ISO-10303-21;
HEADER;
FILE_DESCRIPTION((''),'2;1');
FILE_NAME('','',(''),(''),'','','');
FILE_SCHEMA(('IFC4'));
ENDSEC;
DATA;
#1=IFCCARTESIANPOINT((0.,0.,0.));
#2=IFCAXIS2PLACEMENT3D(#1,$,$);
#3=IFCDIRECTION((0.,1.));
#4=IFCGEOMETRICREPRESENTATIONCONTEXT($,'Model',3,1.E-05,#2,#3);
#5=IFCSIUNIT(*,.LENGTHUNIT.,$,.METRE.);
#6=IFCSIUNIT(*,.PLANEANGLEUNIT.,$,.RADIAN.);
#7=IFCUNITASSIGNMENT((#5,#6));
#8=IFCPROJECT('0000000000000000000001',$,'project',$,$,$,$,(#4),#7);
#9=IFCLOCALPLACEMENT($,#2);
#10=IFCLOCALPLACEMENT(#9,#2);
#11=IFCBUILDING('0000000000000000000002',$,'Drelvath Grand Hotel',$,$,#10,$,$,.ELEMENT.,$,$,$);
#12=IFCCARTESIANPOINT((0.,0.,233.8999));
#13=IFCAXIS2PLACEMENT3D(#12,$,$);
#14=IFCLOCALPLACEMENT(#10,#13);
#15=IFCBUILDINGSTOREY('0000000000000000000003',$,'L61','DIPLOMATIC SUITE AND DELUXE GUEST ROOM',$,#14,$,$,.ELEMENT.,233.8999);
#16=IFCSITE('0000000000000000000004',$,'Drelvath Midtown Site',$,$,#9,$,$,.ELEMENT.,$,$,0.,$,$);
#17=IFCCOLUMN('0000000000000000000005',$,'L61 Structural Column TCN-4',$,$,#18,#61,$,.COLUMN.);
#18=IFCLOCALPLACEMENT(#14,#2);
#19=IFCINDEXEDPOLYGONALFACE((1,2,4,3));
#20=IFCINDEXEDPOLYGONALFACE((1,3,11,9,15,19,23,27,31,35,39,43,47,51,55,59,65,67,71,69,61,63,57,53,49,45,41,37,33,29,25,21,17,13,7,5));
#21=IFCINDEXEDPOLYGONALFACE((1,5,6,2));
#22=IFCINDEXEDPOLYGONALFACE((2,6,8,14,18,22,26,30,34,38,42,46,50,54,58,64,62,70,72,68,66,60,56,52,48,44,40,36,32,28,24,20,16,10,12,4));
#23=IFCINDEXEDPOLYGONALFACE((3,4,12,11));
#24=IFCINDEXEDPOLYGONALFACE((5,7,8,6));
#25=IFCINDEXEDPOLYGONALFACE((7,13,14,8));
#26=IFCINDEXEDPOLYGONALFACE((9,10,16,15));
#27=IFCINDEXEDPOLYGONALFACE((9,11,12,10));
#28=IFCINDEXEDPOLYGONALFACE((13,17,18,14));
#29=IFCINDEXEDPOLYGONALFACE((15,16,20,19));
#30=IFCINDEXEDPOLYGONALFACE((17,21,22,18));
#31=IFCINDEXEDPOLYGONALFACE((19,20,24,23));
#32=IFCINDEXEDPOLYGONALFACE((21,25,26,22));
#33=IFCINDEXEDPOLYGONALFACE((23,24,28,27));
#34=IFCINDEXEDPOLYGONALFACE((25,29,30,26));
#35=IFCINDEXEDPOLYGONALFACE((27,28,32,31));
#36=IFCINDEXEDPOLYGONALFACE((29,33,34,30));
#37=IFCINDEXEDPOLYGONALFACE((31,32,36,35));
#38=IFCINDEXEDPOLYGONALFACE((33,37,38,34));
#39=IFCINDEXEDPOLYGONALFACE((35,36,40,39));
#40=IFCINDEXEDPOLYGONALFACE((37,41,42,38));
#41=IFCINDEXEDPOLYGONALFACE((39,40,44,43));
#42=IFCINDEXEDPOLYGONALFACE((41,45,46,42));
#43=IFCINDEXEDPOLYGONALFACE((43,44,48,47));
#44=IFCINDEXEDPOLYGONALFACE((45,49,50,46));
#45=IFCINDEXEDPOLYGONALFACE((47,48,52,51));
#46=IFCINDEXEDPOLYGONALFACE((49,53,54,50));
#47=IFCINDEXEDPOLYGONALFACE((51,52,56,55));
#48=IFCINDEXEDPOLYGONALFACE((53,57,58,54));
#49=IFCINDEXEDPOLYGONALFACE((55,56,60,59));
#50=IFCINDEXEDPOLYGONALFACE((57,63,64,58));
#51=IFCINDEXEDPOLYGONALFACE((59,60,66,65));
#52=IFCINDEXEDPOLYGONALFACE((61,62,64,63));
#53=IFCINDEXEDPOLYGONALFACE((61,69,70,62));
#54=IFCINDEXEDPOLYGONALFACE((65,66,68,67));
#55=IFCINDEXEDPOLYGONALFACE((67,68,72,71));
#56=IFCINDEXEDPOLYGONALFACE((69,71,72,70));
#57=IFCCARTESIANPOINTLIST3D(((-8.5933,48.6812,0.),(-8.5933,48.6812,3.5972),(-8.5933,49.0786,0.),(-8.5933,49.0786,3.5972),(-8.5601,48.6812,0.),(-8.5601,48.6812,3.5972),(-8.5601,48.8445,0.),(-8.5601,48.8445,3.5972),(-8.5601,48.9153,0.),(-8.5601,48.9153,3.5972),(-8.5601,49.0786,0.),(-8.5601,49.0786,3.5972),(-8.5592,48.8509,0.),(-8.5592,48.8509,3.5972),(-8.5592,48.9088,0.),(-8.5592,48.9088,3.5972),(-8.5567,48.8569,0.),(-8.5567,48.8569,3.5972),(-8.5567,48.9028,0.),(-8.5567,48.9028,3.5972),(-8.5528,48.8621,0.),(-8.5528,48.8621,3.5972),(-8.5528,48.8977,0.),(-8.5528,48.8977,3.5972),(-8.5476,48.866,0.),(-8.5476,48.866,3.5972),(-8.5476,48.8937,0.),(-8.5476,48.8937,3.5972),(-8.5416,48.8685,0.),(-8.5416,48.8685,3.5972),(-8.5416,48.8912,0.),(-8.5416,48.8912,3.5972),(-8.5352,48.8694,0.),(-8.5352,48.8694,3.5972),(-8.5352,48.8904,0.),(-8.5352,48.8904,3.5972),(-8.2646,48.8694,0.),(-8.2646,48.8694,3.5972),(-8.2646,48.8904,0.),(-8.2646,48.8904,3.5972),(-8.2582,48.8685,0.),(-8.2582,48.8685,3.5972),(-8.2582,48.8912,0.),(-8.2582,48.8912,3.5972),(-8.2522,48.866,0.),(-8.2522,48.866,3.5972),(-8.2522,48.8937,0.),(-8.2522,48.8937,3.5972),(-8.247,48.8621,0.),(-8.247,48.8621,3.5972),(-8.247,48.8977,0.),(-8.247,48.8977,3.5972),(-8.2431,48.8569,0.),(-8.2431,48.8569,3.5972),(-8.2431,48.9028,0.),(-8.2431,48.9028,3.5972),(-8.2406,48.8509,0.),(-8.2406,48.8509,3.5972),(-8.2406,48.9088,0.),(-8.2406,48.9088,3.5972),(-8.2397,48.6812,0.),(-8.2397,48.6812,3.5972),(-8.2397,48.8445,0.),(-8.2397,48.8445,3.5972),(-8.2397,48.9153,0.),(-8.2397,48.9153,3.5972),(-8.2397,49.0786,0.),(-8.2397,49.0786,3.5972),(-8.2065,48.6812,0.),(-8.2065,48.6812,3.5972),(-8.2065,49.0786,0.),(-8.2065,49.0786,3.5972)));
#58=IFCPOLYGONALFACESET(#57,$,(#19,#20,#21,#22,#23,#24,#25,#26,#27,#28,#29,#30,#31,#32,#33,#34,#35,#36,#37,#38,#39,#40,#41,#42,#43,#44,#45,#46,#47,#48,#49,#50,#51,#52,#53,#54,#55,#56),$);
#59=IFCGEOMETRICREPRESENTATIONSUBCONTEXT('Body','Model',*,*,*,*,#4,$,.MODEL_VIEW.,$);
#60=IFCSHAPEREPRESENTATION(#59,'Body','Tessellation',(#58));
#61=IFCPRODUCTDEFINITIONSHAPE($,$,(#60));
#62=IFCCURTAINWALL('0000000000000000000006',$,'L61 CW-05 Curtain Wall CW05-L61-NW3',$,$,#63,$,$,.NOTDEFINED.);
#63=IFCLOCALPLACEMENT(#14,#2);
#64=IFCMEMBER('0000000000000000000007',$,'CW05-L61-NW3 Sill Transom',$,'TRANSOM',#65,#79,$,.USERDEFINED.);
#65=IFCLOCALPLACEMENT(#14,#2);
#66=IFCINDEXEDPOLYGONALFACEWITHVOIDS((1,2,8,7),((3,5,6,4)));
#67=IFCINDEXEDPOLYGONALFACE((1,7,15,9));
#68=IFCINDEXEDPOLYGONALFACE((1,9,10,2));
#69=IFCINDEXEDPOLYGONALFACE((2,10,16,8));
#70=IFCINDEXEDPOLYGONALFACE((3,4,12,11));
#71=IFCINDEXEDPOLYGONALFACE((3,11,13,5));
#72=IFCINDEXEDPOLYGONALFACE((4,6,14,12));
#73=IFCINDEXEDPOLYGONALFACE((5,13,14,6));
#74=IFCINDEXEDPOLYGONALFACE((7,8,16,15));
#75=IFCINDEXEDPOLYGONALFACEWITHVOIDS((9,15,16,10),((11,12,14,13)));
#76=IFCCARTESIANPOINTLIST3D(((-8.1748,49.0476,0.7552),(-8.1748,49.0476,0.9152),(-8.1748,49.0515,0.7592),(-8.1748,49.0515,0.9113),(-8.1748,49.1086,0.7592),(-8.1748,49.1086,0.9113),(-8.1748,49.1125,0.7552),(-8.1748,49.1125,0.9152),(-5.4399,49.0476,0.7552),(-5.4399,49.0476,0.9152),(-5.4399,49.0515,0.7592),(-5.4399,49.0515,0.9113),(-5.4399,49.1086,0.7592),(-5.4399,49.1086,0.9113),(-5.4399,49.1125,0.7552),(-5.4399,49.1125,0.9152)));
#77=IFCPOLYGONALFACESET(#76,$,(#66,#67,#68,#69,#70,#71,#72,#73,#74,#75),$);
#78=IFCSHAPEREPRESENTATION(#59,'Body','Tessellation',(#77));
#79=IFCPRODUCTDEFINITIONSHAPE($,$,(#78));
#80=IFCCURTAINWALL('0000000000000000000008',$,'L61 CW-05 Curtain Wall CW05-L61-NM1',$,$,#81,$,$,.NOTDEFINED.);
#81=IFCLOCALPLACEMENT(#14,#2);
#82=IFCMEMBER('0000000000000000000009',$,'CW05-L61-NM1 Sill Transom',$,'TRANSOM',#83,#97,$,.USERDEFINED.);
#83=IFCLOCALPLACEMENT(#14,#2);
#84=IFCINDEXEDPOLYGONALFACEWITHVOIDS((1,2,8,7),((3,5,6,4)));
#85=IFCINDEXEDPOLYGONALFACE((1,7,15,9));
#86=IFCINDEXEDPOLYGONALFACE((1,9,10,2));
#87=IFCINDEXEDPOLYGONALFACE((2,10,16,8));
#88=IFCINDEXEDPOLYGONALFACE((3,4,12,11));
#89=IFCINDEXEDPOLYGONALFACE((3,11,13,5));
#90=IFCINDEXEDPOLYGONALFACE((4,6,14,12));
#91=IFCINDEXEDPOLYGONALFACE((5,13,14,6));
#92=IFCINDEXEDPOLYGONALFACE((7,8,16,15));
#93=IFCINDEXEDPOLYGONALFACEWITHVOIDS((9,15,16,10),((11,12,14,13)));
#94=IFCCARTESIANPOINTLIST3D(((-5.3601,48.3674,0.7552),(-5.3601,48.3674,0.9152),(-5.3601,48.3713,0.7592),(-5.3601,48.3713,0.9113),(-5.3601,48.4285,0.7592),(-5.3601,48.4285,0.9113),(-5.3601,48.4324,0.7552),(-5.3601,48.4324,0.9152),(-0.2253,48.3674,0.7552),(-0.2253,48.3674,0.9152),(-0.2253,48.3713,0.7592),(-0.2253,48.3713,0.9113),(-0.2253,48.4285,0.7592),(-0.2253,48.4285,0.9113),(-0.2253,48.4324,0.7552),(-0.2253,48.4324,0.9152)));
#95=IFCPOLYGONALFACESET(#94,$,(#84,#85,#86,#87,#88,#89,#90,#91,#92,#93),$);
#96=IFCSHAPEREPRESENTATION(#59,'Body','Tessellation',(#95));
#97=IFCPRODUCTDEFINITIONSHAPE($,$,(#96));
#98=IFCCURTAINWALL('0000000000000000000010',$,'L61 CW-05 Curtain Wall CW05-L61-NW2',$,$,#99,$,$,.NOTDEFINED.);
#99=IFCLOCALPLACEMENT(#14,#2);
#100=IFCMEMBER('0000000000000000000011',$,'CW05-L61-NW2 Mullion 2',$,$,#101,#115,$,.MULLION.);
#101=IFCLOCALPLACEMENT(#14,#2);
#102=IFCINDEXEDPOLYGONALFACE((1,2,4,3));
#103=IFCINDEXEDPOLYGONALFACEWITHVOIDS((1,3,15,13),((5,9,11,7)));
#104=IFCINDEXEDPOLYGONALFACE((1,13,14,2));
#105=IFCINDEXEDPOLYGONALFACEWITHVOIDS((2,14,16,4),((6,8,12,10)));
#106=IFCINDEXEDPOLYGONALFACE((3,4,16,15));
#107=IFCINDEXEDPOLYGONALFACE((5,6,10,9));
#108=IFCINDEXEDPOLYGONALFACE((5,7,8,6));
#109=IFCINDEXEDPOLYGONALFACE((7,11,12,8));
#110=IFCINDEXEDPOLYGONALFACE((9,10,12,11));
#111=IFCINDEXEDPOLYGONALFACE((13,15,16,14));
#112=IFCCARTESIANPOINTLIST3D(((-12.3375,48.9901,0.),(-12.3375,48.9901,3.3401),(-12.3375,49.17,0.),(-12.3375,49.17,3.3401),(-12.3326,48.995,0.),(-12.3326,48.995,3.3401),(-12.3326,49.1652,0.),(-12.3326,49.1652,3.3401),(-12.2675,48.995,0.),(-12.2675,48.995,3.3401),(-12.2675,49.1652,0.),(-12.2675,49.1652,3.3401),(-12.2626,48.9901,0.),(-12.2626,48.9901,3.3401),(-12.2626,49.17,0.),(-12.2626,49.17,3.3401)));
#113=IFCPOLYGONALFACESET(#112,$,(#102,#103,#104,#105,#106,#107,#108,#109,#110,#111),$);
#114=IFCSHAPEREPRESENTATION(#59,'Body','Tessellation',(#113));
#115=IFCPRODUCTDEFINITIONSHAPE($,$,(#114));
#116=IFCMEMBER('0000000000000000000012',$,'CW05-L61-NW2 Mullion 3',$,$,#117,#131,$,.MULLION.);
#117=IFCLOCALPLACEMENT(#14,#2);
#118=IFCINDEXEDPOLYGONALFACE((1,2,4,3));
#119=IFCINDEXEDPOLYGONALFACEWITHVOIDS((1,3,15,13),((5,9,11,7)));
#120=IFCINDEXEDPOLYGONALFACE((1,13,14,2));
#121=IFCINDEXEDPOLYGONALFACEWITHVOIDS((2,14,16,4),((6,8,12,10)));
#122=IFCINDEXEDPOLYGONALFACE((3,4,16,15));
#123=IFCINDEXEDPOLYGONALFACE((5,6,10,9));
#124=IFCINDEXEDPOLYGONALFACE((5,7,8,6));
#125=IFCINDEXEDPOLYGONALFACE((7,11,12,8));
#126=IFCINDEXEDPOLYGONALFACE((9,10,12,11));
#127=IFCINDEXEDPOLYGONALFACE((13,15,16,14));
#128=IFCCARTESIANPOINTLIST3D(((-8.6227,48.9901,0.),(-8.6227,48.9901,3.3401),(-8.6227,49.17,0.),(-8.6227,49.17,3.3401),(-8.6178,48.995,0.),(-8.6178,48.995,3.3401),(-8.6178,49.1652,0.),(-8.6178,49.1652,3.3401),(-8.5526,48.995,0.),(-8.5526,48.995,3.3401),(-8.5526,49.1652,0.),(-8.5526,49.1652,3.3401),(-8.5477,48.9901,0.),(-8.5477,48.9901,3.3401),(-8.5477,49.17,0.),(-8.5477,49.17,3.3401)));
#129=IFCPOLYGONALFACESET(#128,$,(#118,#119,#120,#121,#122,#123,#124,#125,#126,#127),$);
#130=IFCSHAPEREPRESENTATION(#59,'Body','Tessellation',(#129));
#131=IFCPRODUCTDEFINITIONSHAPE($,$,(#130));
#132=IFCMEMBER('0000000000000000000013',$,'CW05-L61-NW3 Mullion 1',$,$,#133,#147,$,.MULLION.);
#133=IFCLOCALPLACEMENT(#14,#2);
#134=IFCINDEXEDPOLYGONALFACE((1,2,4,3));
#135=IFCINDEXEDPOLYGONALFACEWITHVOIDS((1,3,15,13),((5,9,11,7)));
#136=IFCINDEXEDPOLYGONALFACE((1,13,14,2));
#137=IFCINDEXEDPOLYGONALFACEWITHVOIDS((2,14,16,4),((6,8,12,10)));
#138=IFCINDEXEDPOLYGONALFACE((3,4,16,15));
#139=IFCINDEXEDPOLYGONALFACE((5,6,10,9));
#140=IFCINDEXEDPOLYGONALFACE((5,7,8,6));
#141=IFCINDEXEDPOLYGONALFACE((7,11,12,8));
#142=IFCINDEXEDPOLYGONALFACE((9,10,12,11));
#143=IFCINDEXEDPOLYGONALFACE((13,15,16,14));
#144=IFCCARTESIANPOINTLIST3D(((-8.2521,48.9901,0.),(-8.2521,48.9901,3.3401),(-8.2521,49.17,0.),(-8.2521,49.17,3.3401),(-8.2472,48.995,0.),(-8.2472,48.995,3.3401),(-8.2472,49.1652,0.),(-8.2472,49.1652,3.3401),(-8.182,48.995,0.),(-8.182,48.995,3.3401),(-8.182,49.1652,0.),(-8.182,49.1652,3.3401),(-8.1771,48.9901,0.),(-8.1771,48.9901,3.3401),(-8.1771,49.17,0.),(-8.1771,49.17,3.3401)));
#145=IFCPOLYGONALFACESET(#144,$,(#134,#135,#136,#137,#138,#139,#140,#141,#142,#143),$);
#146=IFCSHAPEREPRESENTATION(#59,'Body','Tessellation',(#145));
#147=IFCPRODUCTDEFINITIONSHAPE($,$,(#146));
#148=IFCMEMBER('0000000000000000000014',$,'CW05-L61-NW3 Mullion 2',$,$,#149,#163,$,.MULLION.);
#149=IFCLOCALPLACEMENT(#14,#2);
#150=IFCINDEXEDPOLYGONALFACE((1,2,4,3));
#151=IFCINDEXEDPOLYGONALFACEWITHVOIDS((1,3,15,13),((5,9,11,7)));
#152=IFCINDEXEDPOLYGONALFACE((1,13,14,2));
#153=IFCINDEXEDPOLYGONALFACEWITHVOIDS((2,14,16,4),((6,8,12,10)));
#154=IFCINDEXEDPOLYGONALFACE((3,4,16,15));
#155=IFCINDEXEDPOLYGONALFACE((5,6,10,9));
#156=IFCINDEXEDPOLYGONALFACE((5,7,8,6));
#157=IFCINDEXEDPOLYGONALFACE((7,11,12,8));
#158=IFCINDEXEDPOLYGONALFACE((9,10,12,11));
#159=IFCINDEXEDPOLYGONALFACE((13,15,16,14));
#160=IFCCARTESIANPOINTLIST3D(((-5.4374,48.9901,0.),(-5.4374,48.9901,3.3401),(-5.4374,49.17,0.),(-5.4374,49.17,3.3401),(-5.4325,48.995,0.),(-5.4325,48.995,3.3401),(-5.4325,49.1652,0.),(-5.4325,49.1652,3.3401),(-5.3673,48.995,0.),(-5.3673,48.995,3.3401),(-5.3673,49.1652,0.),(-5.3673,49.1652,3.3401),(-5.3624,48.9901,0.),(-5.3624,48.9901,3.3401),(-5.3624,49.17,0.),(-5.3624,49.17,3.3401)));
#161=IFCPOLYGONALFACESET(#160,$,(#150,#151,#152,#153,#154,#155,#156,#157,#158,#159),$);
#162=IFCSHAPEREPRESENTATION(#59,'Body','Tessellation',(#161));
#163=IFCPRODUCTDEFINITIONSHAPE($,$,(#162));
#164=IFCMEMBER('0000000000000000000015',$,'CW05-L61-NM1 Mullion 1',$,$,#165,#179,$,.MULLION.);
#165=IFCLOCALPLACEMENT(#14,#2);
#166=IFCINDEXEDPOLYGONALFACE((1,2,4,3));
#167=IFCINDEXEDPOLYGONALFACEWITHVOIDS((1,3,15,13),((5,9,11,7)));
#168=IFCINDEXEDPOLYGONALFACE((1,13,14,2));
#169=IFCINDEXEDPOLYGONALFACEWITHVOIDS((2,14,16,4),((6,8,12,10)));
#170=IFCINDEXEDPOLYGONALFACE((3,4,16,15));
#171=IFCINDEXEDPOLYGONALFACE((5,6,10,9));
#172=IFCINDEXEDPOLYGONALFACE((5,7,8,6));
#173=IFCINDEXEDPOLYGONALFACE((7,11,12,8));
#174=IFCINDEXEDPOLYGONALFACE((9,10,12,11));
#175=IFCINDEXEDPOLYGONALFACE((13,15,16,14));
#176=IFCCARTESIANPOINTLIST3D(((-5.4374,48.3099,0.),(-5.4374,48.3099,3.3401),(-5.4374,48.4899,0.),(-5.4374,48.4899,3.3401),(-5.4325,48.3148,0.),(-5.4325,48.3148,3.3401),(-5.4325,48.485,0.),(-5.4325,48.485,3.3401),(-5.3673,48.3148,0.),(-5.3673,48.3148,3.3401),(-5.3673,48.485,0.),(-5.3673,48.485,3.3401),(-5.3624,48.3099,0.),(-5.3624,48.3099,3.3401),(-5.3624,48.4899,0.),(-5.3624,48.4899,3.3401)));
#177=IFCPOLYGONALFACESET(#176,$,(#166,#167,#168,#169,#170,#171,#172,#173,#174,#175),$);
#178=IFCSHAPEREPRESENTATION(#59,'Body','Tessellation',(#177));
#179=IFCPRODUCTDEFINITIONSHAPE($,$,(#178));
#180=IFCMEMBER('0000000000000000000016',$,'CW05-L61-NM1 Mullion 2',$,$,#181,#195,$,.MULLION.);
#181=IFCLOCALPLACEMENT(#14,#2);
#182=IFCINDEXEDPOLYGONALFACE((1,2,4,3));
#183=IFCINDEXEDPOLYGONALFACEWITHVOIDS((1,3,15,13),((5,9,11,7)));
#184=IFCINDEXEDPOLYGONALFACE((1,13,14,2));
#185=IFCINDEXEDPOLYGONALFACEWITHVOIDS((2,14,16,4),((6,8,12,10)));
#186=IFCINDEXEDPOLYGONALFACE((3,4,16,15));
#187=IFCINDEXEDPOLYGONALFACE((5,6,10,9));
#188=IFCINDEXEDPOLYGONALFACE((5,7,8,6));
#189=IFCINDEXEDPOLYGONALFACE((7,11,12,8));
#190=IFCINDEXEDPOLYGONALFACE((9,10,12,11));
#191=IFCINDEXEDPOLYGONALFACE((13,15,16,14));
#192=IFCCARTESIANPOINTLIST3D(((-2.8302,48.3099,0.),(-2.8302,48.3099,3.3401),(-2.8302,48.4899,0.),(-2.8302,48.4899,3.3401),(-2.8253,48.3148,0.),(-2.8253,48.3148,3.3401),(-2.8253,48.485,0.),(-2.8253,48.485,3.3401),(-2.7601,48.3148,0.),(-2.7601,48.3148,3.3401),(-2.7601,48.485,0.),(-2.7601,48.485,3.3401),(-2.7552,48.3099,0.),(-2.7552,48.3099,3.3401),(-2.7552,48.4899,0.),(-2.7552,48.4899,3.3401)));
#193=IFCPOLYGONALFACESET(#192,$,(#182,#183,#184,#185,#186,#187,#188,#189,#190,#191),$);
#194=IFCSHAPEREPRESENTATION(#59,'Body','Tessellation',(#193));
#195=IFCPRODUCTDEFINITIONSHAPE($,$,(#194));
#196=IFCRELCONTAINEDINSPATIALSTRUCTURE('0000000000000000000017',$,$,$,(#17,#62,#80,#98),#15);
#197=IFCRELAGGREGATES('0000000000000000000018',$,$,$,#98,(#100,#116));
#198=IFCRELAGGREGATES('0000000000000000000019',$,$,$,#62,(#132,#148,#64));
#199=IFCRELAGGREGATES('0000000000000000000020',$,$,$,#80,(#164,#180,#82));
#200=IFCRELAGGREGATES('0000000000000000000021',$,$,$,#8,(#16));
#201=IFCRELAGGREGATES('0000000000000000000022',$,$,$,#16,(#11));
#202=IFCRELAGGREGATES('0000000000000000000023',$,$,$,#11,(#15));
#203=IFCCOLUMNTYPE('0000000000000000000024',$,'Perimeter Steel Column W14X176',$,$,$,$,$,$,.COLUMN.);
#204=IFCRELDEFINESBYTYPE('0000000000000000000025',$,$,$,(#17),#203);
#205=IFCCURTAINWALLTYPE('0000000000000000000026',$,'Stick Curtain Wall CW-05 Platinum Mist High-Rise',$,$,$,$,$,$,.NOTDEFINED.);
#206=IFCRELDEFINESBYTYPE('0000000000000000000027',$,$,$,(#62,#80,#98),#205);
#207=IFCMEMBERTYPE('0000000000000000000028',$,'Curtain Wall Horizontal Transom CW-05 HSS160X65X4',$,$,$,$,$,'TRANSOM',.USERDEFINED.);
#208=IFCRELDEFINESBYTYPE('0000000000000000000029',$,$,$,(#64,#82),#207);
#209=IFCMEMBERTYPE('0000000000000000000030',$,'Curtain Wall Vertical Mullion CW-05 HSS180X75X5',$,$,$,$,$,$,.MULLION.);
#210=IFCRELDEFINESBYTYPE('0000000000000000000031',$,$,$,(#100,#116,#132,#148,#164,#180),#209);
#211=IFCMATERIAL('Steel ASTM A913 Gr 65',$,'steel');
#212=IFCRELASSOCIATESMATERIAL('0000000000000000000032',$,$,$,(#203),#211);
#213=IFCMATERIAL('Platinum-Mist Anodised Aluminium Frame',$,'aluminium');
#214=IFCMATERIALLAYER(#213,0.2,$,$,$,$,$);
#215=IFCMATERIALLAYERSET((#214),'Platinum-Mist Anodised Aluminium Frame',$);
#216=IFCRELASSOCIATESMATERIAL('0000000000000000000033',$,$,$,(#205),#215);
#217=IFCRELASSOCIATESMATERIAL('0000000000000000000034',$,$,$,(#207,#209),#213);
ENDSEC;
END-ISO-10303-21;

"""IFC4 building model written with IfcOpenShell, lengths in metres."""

from ifc_helpers import new_model, si_unit, direction, frame, origin, origin_2d, place, context, subcontext, project, spatial, hollow_rectangle, i_section, extrude, material, layer, layer_set, material_profile, profile_set, type_object, element, aggregate, save


model = new_model("IFC4")

# Units and contexts
model_context = context("Model", 3, precision=1e-05, world=origin(), true_north=direction((0.0, 1.0)))
body_context = subcontext(model_context, "Body", "Model", "MODEL_VIEW")
ifc_project = project(units=[si_unit("LENGTHUNIT", "METRE"), si_unit("PLANEANGLEUNIT", "RADIAN")], contexts=[model_context])

# Site, building, storey
site_placement = place(None, origin())
site = spatial("IfcSite", under=ifc_project, at=site_placement, Name="Drelvath Midtown Site", CompositionType="ELEMENT", RefElevation=0.0)
building_placement = place(site_placement, origin())
building = spatial("IfcBuilding", under=site, at=building_placement, Name="Drelvath Grand Hotel", CompositionType="ELEMENT")
storey_placement = place(building_placement, frame((0.0, 0.0, 233.8999)))
storey = spatial("IfcBuildingStorey", under=building, at=storey_placement, Name="L61", Description="DIPLOMATIC SUITE AND DELUXE GUEST ROOM", CompositionType="ELEMENT", Elevation=233.8999)

# Column
ifc_material_1 = material(Name="Steel ASTM A913 Gr 65", Category="steel")
ifc_material_profile_1 = material_profile(ifc_material_1, i_section(OverallWidth=0.3975, OverallDepth=0.3867, WebThickness=0.021, FlangeThickness=0.0332, FilletRadius=0.0249, at=origin_2d()), Name="W14X176")
ifc_profile_set_1 = profile_set([ifc_material_profile_1], Name="Steel ASTM A913 Gr 65")
column_type = type_object("IfcColumnType", Name="Perimeter Steel Column W14X176", PredefinedType="COLUMN", material=ifc_profile_set_1)
column_placement = place(storey_placement, frame((-8.3999, 48.8799, 0.0), z_axis=(0.0, 0.0, 1.0), x_axis=(0.0, 1.0, 0.0)))
element("IfcColumn", 1, at=column_placement, inside=storey, type_object=column_type, Name="L61 Structural Column TCN-4", PredefinedType="COLUMN", context=body_context, shape_type="SweptSolid", body=[
    extrude(i_section(OverallWidth=0.3975, OverallDepth=0.3867, WebThickness=0.021, FlangeThickness=0.0332, FilletRadius=0.0249, at=origin_2d()), origin(), (0.0, 0.0, 1.0), 3.5972),
])

# Curtain walls, members
ifc_material_2 = material(Name="Platinum-Mist Anodised Aluminium Frame", Category="aluminium")
ifc_layer_1 = layer(ifc_material_2, 0.2)
ifc_layer_set_1 = layer_set([ifc_layer_1], Name="Platinum-Mist Anodised Aluminium Frame")
curtain_wall_type = type_object("IfcCurtainWallType", Name="Stick Curtain Wall CW-05 Platinum Mist High-Rise", PredefinedType="NOTDEFINED", material=ifc_layer_set_1)
curtain_wall_1_placement = place(storey_placement, origin())
curtain_wall_1 = element("IfcCurtainWall", 2, at=curtain_wall_1_placement, inside=storey, type_object=curtain_wall_type, Name="L61 CW-05 Curtain Wall CW05-L61-NW3", PredefinedType="NOTDEFINED")
ifc_material_profile_2 = material_profile(ifc_material_2, hollow_rectangle(XDim=0.0649, YDim=0.1599, WallThickness=0.0039, at=origin_2d()), Name="HSS160X65X4")
ifc_profile_set_2 = profile_set([ifc_material_profile_2], Name="Platinum-Mist Anodised Aluminium Frame")
member_type_1 = type_object("IfcMemberType", Name="Curtain Wall Horizontal Transom CW-05 HSS160X65X4", ElementType="TRANSOM", PredefinedType="USERDEFINED", material=ifc_profile_set_2)
member_1_placement = place(storey_placement, frame((-8.1748, 49.0801, 0.8352), z_axis=(1.0, 0.0, 0.0), x_axis=(0.0, 1.0, 0.0)))
member_1 = element("IfcMember", 3, at=member_1_placement, type_object=member_type_1, Name="CW05-L61-NW3 Sill Transom", ObjectType="TRANSOM", PredefinedType="USERDEFINED", context=body_context, shape_type="SweptSolid", body=[
    extrude(hollow_rectangle(XDim=0.0649, YDim=0.1599, WallThickness=0.0039, at=origin_2d()), origin(), (0.0, 0.0, 1.0), 2.7349),
])
curtain_wall_2_placement = place(storey_placement, origin())
curtain_wall_2 = element("IfcCurtainWall", 4, at=curtain_wall_2_placement, inside=storey, type_object=curtain_wall_type, Name="L61 CW-05 Curtain Wall CW05-L61-NM1", PredefinedType="NOTDEFINED")
member_2_placement = place(storey_placement, frame((-5.3601, 48.3999, 0.8352), z_axis=(1.0, 0.0, 0.0), x_axis=(0.0, 1.0, 0.0)))
member_2 = element("IfcMember", 5, at=member_2_placement, type_object=member_type_1, Name="CW05-L61-NM1 Sill Transom", ObjectType="TRANSOM", PredefinedType="USERDEFINED", context=body_context, shape_type="SweptSolid", body=[
    extrude(hollow_rectangle(XDim=0.0649, YDim=0.1599, WallThickness=0.0039, at=origin_2d()), origin(), (0.0, 0.0, 1.0), 5.1348),
])

# Curtain wall, members
curtain_wall_3_placement = place(storey_placement, origin())
curtain_wall_3 = element("IfcCurtainWall", 6, at=curtain_wall_3_placement, inside=storey, type_object=curtain_wall_type, Name="L61 CW-05 Curtain Wall CW05-L61-NW2", PredefinedType="NOTDEFINED")
ifc_material_profile_3 = material_profile(ifc_material_2, hollow_rectangle(XDim=0.075, YDim=0.1799, WallThickness=0.0049, at=origin_2d()), Name="HSS180X75X5")
ifc_profile_set_3 = profile_set([ifc_material_profile_3], Name="Platinum-Mist Anodised Aluminium Frame")
member_type_2 = type_object("IfcMemberType", Name="Curtain Wall Vertical Mullion CW-05 HSS180X75X5", PredefinedType="MULLION", material=ifc_profile_set_3)
member_3_placement = place(storey_placement, frame((-12.3, 49.0801, 0.0), z_axis=(0.0, 0.0, 1.0), x_axis=(1.0, 0.0, 0.0)))
member_3 = element("IfcMember", 7, at=member_3_placement, type_object=member_type_2, Name="CW05-L61-NW2 Mullion 2", PredefinedType="MULLION", context=body_context, shape_type="SweptSolid", body=[
    extrude(hollow_rectangle(XDim=0.075, YDim=0.1799, WallThickness=0.0049, at=origin_2d()), origin(), (0.0, 0.0, 1.0), 3.3401),
])
member_4_placement = place(storey_placement, frame((-8.5852, 49.0801, 0.0), z_axis=(0.0, 0.0, 1.0), x_axis=(1.0, 0.0, 0.0)))
member_4 = element("IfcMember", 8, at=member_4_placement, type_object=member_type_2, Name="CW05-L61-NW2 Mullion 3", PredefinedType="MULLION", context=body_context, shape_type="SweptSolid", body=[
    extrude(hollow_rectangle(XDim=0.075, YDim=0.1799, WallThickness=0.0049, at=origin_2d()), origin(), (0.0, 0.0, 1.0), 3.3401),
])

# Members
member_5_placement = place(storey_placement, frame((-8.2146, 49.0801, 0.0), z_axis=(0.0, 0.0, 1.0), x_axis=(1.0, 0.0, 0.0)))
member_5 = element("IfcMember", 9, at=member_5_placement, type_object=member_type_2, Name="CW05-L61-NW3 Mullion 1", PredefinedType="MULLION", context=body_context, shape_type="SweptSolid", body=[
    extrude(hollow_rectangle(XDim=0.075, YDim=0.1799, WallThickness=0.0049, at=origin_2d()), origin(), (0.0, 0.0, 1.0), 3.3401),
])
member_6_placement = place(storey_placement, frame((-5.3999, 49.0801, 0.0), z_axis=(0.0, 0.0, 1.0), x_axis=(1.0, 0.0, 0.0)))
member_6 = element("IfcMember", 10, at=member_6_placement, type_object=member_type_2, Name="CW05-L61-NW3 Mullion 2", PredefinedType="MULLION", context=body_context, shape_type="SweptSolid", body=[
    extrude(hollow_rectangle(XDim=0.075, YDim=0.1799, WallThickness=0.0049, at=origin_2d()), origin(), (0.0, 0.0, 1.0), 3.3401),
])
member_7_placement = place(storey_placement, frame((-5.3999, 48.3999, 0.0), z_axis=(0.0, 0.0, 1.0), x_axis=(1.0, 0.0, 0.0)))
member_7 = element("IfcMember", 11, at=member_7_placement, type_object=member_type_2, Name="CW05-L61-NM1 Mullion 1", PredefinedType="MULLION", context=body_context, shape_type="SweptSolid", body=[
    extrude(hollow_rectangle(XDim=0.075, YDim=0.1799, WallThickness=0.0049, at=origin_2d()), origin(), (0.0, 0.0, 1.0), 3.3401),
])
member_8_placement = place(storey_placement, frame((-2.7927, 48.3999, 0.0), z_axis=(0.0, 0.0, 1.0), x_axis=(1.0, 0.0, 0.0)))
member_8 = element("IfcMember", 12, at=member_8_placement, type_object=member_type_2, Name="CW05-L61-NM1 Mullion 2", PredefinedType="MULLION", context=body_context, shape_type="SweptSolid", body=[
    extrude(hollow_rectangle(XDim=0.075, YDim=0.1799, WallThickness=0.0049, at=origin_2d()), origin(), (0.0, 0.0, 1.0), 3.3401),
])

aggregate(curtain_wall_3, [member_3, member_4])
aggregate(curtain_wall_1, [member_5, member_6, member_1])
aggregate(curtain_wall_2, [member_7, member_8, member_2])

save(model, "model.ifc")
